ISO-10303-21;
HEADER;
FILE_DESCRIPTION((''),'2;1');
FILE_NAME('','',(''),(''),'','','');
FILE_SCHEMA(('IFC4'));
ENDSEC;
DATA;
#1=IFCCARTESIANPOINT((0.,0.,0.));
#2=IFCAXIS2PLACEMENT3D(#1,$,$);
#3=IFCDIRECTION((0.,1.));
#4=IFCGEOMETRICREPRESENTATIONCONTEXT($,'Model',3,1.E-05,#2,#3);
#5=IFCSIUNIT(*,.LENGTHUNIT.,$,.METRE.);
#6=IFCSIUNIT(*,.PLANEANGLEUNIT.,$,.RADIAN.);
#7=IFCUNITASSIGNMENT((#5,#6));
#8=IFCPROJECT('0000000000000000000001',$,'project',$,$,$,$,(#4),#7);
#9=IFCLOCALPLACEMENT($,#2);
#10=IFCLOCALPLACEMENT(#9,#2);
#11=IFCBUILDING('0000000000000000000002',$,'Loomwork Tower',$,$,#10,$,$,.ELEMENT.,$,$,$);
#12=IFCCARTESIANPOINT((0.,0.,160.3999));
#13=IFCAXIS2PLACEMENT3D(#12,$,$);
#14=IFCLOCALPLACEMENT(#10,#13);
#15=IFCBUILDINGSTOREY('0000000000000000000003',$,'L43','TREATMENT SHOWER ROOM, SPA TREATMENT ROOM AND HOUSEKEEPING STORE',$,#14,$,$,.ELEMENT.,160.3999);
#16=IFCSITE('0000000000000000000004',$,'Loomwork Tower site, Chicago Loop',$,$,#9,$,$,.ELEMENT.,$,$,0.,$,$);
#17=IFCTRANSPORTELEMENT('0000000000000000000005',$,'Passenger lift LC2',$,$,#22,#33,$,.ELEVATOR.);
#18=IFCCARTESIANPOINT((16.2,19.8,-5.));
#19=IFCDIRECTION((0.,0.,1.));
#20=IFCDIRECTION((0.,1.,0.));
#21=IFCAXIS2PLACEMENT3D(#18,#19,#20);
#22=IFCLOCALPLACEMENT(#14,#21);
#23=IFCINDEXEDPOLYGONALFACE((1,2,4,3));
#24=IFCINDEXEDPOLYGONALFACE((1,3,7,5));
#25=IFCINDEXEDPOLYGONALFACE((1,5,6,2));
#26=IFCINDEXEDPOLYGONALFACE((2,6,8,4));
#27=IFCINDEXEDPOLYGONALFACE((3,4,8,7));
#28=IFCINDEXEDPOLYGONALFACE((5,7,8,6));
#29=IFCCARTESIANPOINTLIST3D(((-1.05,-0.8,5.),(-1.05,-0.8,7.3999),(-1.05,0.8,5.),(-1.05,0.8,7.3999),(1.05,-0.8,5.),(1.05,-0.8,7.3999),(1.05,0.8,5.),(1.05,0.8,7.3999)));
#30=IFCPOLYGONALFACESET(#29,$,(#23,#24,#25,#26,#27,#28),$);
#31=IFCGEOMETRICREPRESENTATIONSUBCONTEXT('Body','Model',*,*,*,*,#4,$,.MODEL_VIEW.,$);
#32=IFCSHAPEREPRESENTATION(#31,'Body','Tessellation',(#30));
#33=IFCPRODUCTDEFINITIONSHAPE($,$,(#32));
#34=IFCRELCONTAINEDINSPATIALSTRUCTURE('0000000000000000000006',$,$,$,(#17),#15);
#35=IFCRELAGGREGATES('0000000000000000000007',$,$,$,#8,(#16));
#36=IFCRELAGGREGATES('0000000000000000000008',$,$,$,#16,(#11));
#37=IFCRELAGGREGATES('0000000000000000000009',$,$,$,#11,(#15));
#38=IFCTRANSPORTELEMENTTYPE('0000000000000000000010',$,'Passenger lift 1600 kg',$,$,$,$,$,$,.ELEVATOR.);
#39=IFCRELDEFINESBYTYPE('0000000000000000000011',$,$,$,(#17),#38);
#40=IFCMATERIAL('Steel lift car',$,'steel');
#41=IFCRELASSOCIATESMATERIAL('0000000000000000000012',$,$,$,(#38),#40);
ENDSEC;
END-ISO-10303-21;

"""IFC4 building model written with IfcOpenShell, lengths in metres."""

from ifc_helpers import new_model, si_unit, direction, frame, origin, origin_2d, place, context, subcontext, project, spatial, rectangle, extrude, material, type_object, element, save


model = new_model("IFC4")

# Units and contexts
model_context = context("Model", 3, precision=1e-05, world=origin(), true_north=direction((0.0, 1.0)))
body_context = subcontext(model_context, "Body", "Model", "MODEL_VIEW")
ifc_project = project(units=[si_unit("LENGTHUNIT", "METRE"), si_unit("PLANEANGLEUNIT", "RADIAN")], contexts=[model_context])

# Site, building, storey
site_placement = place(None, origin())
site = spatial("IfcSite", under=ifc_project, at=site_placement, Name="Loomwork Tower site, Chicago Loop", CompositionType="ELEMENT", RefElevation=0.0)
building_placement = place(site_placement, origin())
building = spatial("IfcBuilding", under=site, at=building_placement, Name="Loomwork Tower", CompositionType="ELEMENT")
storey_placement = place(building_placement, frame((0.0, 0.0, 160.3999)))
storey = spatial("IfcBuildingStorey", under=building, at=storey_placement, Name="L43", Description="TREATMENT SHOWER ROOM, SPA TREATMENT ROOM AND HOUSEKEEPING STORE", CompositionType="ELEMENT", Elevation=160.3999)

# Transport element
ifc_material_1 = material(Name="Steel lift car", Category="steel")
transport_element_type = type_object("IfcTransportElementType", Name="Passenger lift 1600 kg", PredefinedType="ELEVATOR", material=ifc_material_1)
transport_element_placement = place(storey_placement, frame((16.2, 19.8, -5.0), z_axis=(0.0, 0.0, 1.0), x_axis=(0.0, 1.0, 0.0)))
element("IfcTransportElement", 1, at=transport_element_placement, inside=storey, type_object=transport_element_type, Name="Passenger lift LC2", PredefinedType="ELEVATOR", context=body_context, shape_type="SweptSolid", body=[
    extrude(rectangle(XDim=2.1001, YDim=1.6001, at=origin_2d()), frame((0.0, 0.0, 5.0)), (0.0, 0.0, 1.0), 2.3999),
])

save(model, "model.ifc")
